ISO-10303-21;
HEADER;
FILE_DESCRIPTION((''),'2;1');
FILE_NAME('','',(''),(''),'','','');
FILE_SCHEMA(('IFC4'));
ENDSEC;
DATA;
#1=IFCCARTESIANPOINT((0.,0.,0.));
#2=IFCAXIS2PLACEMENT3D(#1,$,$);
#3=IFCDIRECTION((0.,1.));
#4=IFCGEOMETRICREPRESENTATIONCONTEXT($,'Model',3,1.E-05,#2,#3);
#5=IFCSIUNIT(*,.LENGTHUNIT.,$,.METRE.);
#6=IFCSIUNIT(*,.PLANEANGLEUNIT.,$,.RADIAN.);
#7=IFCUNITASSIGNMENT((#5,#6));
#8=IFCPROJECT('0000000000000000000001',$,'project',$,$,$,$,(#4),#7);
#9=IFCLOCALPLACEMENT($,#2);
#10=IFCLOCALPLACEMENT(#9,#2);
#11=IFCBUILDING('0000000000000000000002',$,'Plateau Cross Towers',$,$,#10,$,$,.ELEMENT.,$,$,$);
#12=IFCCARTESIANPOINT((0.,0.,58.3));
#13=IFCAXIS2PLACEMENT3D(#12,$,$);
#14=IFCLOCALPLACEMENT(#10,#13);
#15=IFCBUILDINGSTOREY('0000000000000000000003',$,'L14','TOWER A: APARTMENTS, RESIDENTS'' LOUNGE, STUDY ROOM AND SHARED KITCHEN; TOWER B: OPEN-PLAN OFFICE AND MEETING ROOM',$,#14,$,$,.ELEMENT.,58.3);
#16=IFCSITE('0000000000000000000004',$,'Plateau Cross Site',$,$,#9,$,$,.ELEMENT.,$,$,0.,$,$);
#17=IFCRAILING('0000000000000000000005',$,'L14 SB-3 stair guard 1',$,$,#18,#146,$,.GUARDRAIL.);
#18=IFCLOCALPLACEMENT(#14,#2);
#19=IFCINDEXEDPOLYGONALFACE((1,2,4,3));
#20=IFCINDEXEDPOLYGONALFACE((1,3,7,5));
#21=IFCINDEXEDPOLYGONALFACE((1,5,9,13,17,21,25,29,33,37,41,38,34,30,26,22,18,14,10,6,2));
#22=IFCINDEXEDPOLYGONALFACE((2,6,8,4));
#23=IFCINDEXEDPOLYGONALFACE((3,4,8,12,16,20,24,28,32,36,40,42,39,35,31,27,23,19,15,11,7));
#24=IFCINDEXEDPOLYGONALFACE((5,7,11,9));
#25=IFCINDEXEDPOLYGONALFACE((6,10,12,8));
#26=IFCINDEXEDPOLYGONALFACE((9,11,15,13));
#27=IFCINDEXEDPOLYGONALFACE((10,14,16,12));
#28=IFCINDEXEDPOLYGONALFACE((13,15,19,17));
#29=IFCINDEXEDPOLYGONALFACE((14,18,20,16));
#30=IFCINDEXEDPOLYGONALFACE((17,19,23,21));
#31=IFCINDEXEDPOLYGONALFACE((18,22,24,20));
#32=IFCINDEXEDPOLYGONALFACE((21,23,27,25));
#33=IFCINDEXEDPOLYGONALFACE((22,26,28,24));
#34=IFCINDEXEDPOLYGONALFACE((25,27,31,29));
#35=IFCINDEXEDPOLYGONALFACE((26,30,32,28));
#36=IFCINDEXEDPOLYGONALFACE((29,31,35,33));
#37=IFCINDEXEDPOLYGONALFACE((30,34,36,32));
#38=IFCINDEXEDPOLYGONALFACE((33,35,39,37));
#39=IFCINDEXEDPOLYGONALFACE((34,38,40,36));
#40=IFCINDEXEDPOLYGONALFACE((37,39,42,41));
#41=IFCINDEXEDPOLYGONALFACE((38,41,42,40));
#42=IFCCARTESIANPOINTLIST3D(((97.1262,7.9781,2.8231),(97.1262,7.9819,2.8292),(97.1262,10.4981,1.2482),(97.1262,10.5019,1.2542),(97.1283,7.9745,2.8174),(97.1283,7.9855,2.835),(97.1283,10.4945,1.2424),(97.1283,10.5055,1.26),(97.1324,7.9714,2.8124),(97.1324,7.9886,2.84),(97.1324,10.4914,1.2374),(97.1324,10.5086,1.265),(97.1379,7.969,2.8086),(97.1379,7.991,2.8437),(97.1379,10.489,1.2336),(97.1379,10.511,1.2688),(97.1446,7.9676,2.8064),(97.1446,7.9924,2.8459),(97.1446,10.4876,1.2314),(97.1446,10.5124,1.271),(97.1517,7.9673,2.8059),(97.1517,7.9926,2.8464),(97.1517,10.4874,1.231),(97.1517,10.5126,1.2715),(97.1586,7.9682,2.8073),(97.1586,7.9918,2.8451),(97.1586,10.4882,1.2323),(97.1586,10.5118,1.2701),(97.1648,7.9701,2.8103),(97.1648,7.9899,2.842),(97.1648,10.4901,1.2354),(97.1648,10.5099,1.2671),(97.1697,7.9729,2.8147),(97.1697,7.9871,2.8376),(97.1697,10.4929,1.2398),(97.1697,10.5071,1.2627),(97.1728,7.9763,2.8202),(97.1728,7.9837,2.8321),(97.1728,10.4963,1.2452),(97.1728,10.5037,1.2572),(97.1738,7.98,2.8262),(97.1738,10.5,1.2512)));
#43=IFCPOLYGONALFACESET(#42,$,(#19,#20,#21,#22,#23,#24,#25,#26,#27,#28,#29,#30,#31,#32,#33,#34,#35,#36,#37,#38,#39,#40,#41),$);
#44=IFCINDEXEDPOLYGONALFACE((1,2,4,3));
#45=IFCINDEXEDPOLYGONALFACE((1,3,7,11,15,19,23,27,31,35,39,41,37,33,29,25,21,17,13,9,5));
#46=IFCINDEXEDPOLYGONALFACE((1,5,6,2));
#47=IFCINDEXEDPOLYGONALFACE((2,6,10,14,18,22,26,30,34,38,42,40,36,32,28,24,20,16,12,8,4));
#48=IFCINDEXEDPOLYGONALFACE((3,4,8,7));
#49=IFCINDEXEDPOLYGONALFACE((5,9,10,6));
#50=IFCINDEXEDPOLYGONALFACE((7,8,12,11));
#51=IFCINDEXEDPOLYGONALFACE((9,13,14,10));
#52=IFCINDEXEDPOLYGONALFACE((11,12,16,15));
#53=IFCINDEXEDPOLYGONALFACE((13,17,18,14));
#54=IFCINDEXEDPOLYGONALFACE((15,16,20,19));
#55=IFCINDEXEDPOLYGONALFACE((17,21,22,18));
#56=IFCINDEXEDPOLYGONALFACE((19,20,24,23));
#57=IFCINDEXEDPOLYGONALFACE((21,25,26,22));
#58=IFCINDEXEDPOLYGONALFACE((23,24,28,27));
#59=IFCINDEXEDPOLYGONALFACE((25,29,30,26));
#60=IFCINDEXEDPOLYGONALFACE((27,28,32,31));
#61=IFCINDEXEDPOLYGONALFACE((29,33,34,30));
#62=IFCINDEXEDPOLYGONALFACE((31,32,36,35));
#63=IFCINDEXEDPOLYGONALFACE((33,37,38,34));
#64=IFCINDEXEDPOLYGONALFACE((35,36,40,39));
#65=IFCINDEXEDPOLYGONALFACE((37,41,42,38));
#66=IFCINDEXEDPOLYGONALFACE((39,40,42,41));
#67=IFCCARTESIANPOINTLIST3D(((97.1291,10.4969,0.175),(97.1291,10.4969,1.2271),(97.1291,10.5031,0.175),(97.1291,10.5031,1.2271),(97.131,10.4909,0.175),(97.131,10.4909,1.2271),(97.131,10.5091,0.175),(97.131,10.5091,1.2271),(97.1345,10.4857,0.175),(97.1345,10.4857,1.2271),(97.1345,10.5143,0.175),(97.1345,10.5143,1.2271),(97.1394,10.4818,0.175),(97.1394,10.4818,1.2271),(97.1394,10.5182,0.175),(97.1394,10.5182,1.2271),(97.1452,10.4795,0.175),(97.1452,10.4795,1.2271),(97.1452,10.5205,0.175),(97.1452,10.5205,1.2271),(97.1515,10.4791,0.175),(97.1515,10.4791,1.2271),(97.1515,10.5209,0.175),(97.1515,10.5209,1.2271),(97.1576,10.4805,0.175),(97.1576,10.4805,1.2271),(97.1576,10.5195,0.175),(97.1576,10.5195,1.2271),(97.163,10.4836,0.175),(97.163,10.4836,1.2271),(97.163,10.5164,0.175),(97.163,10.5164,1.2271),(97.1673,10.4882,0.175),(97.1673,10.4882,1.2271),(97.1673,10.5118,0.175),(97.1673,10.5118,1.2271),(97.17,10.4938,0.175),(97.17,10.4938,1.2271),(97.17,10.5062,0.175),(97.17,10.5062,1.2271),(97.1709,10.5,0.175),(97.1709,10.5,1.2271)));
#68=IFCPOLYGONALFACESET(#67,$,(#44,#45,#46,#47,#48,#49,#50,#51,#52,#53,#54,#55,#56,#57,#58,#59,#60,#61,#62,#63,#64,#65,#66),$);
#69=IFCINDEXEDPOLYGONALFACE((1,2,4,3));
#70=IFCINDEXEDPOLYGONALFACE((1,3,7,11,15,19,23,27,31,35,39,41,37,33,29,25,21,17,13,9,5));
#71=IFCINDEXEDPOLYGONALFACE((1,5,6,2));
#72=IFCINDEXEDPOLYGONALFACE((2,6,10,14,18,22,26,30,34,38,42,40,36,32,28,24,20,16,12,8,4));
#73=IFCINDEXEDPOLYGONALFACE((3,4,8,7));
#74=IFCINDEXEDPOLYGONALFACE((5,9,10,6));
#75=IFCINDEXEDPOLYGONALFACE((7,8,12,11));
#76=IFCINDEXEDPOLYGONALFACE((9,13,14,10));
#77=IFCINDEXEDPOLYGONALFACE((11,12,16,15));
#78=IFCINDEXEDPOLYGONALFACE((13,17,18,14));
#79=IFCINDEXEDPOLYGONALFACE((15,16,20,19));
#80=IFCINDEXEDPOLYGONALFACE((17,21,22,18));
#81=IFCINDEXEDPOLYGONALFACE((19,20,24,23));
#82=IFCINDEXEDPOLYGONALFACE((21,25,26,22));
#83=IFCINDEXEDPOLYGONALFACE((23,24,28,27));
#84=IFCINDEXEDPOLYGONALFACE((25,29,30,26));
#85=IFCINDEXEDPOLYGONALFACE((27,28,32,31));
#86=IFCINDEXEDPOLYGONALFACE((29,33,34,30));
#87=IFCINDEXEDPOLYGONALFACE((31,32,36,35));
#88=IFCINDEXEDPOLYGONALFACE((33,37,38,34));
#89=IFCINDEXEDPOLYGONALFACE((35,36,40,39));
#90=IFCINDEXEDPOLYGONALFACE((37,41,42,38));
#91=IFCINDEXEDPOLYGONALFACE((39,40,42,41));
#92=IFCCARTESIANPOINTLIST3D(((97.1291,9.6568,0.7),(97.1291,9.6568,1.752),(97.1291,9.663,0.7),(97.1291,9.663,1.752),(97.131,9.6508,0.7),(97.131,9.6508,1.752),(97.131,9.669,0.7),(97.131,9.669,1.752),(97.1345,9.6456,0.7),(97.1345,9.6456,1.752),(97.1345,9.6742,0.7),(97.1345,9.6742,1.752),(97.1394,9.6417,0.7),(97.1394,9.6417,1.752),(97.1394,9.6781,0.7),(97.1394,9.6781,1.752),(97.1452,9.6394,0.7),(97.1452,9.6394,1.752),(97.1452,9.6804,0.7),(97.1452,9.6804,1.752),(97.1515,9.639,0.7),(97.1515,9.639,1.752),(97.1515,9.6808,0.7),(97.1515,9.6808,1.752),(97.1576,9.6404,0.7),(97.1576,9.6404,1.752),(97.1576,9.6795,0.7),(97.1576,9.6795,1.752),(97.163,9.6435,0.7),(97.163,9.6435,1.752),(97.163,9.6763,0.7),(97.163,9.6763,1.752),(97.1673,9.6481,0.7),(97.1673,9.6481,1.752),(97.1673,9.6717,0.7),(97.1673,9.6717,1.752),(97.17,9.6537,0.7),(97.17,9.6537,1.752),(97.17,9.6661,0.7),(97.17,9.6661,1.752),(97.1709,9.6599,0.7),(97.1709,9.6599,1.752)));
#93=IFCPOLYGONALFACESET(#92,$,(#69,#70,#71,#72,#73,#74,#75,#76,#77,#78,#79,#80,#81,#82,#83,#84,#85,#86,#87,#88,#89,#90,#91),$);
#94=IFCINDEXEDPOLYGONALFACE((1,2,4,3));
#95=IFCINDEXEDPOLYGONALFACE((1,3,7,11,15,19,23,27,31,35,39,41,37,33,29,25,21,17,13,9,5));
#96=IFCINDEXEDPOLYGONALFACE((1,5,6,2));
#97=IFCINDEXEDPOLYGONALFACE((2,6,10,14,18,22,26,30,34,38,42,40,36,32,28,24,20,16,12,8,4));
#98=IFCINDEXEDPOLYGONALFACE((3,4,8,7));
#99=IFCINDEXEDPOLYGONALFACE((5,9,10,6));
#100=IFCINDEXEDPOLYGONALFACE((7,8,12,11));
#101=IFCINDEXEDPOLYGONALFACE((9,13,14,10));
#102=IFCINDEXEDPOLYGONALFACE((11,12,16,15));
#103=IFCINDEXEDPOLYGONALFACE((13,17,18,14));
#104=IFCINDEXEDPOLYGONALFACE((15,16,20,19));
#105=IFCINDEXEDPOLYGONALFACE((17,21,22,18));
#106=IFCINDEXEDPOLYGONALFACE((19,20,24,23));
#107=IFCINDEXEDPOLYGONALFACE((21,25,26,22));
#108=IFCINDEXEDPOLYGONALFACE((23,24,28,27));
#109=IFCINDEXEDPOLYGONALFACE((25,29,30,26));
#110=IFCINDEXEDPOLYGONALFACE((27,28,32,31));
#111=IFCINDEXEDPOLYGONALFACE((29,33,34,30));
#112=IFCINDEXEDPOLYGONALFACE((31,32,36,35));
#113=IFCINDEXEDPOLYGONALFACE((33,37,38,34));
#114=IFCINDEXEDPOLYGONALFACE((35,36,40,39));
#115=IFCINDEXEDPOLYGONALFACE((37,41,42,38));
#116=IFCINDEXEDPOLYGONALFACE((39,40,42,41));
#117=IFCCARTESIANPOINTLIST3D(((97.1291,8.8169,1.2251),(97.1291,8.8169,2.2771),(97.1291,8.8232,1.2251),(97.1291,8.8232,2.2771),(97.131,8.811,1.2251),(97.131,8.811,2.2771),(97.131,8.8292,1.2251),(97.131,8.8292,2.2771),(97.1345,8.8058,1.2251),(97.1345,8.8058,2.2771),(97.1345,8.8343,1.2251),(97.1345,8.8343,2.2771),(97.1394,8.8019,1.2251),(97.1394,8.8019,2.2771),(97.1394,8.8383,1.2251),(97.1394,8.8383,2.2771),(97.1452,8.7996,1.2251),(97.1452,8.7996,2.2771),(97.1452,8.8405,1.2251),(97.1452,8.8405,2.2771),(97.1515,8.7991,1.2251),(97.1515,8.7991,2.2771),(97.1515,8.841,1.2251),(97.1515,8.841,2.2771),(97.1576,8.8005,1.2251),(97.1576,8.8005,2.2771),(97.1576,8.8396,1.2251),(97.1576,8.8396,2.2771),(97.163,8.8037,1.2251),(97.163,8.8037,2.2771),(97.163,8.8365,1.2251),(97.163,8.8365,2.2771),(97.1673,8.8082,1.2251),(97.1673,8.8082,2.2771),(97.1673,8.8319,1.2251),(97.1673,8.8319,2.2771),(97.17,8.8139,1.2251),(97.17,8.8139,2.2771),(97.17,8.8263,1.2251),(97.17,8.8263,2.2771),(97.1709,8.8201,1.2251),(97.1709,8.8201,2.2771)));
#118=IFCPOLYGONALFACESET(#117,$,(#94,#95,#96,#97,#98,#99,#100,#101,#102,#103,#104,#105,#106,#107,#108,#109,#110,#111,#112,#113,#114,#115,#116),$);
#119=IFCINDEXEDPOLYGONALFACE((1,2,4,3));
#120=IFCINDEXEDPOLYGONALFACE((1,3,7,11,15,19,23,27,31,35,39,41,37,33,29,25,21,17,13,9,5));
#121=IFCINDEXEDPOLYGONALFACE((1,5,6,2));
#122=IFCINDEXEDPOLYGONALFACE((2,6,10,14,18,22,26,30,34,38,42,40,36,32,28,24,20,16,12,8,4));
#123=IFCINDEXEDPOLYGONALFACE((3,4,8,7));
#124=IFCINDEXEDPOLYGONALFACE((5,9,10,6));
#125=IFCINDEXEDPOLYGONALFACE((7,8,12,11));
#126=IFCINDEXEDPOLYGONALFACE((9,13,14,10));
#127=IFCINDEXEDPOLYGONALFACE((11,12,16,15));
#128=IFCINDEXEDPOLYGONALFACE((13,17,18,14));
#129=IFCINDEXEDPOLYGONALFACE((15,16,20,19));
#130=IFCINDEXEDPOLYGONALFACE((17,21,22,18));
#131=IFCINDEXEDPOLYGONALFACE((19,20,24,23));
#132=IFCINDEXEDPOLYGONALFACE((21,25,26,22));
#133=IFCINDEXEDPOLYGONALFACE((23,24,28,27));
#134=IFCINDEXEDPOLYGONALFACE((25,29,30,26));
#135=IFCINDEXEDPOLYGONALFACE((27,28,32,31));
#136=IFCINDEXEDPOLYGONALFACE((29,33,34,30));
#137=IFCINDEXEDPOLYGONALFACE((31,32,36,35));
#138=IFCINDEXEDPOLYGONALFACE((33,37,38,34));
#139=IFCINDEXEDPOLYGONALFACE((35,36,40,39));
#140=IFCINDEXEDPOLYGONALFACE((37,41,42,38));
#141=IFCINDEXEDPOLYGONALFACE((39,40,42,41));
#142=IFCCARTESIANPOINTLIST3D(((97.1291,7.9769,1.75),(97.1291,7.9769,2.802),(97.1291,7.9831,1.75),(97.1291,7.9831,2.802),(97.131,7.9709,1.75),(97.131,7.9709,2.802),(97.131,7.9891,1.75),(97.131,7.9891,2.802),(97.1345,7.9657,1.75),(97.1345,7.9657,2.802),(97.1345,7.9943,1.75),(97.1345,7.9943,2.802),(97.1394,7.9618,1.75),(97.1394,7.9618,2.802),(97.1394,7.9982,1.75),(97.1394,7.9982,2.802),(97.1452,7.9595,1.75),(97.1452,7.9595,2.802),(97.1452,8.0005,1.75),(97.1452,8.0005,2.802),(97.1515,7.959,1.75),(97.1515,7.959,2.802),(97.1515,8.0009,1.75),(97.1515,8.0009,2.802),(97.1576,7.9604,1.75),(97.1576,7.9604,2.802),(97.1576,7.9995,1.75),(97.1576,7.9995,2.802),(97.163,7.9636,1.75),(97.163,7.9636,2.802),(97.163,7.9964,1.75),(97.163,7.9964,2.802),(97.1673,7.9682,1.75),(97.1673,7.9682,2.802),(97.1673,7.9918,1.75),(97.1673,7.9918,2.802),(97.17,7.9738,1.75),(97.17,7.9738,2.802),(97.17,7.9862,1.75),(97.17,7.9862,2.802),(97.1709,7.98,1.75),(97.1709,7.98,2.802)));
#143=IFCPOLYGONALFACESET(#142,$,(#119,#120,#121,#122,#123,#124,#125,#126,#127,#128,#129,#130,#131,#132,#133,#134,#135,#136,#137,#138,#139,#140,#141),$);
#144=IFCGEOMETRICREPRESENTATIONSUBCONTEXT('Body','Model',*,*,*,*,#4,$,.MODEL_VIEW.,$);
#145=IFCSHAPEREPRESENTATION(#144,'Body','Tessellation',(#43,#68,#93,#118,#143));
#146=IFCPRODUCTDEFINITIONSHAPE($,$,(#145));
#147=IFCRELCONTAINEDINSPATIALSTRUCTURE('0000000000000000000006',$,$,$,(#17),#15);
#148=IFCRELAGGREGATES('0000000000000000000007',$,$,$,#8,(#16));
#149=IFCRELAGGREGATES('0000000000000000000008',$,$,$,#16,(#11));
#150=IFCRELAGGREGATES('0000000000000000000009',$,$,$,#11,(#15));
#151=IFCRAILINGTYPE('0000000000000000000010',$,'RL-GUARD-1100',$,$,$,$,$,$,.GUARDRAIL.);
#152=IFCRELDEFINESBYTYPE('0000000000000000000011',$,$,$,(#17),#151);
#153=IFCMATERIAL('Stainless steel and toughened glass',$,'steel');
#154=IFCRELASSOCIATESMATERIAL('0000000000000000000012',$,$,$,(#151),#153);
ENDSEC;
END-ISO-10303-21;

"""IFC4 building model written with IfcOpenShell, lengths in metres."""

from ifc_helpers import new_model, si_unit, direction, frame, origin, origin_2d, place, context, subcontext, project, spatial, circle, extrude, material, type_object, element, save


model = new_model("IFC4")

# Units and contexts
model_context = context("Model", 3, precision=1e-05, world=origin(), true_north=direction((0.0, 1.0)))
body_context = subcontext(model_context, "Body", "Model", "MODEL_VIEW")
ifc_project = project(units=[si_unit("LENGTHUNIT", "METRE"), si_unit("PLANEANGLEUNIT", "RADIAN")], contexts=[model_context])

# Site, building, storey
site_placement = place(None, origin())
site = spatial("IfcSite", under=ifc_project, at=site_placement, Name="Plateau Cross Site", CompositionType="ELEMENT", RefElevation=0.0)
building_placement = place(site_placement, origin())
building = spatial("IfcBuilding", under=site, at=building_placement, Name="Plateau Cross Towers", CompositionType="ELEMENT")
storey_placement = place(building_placement, frame((0.0, 0.0, 58.3)))
storey = spatial("IfcBuildingStorey", under=building, at=storey_placement, Name="L14", Description="TOWER A: APARTMENTS, RESIDENTS' LOUNGE, STUDY ROOM AND SHARED KITCHEN; TOWER B: OPEN-PLAN OFFICE AND MEETING ROOM", CompositionType="ELEMENT", Elevation=58.3)

# Railing
ifc_material_1 = material(Name="Stainless steel and toughened glass", Category="steel")
railing_type_1 = type_object("IfcRailingType", Name="RL-GUARD-1100", PredefinedType="GUARDRAIL", material=ifc_material_1)
railing_1_placement = place(storey_placement, frame((97.1499, 10.5, 0.175)))
element("IfcRailing", 1, at=railing_1_placement, inside=storey, type_object=railing_type_1, Name="L14 SB-3 stair guard 1", PredefinedType="GUARDRAIL", context=body_context, shape_type="SweptSolid", body=[
    extrude(circle(Radius=0.0239, at=origin_2d()), frame((0.0, 0.0, 1.0762), z_axis=(0.0, -0.848008, 0.529984), x_axis=(1.0, 0.0, 0.0)), (0.0, 0.0, 1.0), 2.9717),
    extrude(circle(Radius=0.021, at=origin_2d()), origin(), (0.0, 0.0, 1.0), 1.052),
    extrude(circle(Radius=0.021, at=origin_2d()), frame((0.0, -0.8401, 0.5249)), (0.0, 0.0, 1.0), 1.052),
    extrude(circle(Radius=0.021, at=origin_2d()), frame((0.0, -1.6799, 1.05)), (0.0, 0.0, 1.0), 1.052),
    extrude(circle(Radius=0.021, at=origin_2d()), frame((0.0, -2.52, 1.575)), (0.0, 0.0, 1.0), 1.052),
])

save(model, "model.ifc")
